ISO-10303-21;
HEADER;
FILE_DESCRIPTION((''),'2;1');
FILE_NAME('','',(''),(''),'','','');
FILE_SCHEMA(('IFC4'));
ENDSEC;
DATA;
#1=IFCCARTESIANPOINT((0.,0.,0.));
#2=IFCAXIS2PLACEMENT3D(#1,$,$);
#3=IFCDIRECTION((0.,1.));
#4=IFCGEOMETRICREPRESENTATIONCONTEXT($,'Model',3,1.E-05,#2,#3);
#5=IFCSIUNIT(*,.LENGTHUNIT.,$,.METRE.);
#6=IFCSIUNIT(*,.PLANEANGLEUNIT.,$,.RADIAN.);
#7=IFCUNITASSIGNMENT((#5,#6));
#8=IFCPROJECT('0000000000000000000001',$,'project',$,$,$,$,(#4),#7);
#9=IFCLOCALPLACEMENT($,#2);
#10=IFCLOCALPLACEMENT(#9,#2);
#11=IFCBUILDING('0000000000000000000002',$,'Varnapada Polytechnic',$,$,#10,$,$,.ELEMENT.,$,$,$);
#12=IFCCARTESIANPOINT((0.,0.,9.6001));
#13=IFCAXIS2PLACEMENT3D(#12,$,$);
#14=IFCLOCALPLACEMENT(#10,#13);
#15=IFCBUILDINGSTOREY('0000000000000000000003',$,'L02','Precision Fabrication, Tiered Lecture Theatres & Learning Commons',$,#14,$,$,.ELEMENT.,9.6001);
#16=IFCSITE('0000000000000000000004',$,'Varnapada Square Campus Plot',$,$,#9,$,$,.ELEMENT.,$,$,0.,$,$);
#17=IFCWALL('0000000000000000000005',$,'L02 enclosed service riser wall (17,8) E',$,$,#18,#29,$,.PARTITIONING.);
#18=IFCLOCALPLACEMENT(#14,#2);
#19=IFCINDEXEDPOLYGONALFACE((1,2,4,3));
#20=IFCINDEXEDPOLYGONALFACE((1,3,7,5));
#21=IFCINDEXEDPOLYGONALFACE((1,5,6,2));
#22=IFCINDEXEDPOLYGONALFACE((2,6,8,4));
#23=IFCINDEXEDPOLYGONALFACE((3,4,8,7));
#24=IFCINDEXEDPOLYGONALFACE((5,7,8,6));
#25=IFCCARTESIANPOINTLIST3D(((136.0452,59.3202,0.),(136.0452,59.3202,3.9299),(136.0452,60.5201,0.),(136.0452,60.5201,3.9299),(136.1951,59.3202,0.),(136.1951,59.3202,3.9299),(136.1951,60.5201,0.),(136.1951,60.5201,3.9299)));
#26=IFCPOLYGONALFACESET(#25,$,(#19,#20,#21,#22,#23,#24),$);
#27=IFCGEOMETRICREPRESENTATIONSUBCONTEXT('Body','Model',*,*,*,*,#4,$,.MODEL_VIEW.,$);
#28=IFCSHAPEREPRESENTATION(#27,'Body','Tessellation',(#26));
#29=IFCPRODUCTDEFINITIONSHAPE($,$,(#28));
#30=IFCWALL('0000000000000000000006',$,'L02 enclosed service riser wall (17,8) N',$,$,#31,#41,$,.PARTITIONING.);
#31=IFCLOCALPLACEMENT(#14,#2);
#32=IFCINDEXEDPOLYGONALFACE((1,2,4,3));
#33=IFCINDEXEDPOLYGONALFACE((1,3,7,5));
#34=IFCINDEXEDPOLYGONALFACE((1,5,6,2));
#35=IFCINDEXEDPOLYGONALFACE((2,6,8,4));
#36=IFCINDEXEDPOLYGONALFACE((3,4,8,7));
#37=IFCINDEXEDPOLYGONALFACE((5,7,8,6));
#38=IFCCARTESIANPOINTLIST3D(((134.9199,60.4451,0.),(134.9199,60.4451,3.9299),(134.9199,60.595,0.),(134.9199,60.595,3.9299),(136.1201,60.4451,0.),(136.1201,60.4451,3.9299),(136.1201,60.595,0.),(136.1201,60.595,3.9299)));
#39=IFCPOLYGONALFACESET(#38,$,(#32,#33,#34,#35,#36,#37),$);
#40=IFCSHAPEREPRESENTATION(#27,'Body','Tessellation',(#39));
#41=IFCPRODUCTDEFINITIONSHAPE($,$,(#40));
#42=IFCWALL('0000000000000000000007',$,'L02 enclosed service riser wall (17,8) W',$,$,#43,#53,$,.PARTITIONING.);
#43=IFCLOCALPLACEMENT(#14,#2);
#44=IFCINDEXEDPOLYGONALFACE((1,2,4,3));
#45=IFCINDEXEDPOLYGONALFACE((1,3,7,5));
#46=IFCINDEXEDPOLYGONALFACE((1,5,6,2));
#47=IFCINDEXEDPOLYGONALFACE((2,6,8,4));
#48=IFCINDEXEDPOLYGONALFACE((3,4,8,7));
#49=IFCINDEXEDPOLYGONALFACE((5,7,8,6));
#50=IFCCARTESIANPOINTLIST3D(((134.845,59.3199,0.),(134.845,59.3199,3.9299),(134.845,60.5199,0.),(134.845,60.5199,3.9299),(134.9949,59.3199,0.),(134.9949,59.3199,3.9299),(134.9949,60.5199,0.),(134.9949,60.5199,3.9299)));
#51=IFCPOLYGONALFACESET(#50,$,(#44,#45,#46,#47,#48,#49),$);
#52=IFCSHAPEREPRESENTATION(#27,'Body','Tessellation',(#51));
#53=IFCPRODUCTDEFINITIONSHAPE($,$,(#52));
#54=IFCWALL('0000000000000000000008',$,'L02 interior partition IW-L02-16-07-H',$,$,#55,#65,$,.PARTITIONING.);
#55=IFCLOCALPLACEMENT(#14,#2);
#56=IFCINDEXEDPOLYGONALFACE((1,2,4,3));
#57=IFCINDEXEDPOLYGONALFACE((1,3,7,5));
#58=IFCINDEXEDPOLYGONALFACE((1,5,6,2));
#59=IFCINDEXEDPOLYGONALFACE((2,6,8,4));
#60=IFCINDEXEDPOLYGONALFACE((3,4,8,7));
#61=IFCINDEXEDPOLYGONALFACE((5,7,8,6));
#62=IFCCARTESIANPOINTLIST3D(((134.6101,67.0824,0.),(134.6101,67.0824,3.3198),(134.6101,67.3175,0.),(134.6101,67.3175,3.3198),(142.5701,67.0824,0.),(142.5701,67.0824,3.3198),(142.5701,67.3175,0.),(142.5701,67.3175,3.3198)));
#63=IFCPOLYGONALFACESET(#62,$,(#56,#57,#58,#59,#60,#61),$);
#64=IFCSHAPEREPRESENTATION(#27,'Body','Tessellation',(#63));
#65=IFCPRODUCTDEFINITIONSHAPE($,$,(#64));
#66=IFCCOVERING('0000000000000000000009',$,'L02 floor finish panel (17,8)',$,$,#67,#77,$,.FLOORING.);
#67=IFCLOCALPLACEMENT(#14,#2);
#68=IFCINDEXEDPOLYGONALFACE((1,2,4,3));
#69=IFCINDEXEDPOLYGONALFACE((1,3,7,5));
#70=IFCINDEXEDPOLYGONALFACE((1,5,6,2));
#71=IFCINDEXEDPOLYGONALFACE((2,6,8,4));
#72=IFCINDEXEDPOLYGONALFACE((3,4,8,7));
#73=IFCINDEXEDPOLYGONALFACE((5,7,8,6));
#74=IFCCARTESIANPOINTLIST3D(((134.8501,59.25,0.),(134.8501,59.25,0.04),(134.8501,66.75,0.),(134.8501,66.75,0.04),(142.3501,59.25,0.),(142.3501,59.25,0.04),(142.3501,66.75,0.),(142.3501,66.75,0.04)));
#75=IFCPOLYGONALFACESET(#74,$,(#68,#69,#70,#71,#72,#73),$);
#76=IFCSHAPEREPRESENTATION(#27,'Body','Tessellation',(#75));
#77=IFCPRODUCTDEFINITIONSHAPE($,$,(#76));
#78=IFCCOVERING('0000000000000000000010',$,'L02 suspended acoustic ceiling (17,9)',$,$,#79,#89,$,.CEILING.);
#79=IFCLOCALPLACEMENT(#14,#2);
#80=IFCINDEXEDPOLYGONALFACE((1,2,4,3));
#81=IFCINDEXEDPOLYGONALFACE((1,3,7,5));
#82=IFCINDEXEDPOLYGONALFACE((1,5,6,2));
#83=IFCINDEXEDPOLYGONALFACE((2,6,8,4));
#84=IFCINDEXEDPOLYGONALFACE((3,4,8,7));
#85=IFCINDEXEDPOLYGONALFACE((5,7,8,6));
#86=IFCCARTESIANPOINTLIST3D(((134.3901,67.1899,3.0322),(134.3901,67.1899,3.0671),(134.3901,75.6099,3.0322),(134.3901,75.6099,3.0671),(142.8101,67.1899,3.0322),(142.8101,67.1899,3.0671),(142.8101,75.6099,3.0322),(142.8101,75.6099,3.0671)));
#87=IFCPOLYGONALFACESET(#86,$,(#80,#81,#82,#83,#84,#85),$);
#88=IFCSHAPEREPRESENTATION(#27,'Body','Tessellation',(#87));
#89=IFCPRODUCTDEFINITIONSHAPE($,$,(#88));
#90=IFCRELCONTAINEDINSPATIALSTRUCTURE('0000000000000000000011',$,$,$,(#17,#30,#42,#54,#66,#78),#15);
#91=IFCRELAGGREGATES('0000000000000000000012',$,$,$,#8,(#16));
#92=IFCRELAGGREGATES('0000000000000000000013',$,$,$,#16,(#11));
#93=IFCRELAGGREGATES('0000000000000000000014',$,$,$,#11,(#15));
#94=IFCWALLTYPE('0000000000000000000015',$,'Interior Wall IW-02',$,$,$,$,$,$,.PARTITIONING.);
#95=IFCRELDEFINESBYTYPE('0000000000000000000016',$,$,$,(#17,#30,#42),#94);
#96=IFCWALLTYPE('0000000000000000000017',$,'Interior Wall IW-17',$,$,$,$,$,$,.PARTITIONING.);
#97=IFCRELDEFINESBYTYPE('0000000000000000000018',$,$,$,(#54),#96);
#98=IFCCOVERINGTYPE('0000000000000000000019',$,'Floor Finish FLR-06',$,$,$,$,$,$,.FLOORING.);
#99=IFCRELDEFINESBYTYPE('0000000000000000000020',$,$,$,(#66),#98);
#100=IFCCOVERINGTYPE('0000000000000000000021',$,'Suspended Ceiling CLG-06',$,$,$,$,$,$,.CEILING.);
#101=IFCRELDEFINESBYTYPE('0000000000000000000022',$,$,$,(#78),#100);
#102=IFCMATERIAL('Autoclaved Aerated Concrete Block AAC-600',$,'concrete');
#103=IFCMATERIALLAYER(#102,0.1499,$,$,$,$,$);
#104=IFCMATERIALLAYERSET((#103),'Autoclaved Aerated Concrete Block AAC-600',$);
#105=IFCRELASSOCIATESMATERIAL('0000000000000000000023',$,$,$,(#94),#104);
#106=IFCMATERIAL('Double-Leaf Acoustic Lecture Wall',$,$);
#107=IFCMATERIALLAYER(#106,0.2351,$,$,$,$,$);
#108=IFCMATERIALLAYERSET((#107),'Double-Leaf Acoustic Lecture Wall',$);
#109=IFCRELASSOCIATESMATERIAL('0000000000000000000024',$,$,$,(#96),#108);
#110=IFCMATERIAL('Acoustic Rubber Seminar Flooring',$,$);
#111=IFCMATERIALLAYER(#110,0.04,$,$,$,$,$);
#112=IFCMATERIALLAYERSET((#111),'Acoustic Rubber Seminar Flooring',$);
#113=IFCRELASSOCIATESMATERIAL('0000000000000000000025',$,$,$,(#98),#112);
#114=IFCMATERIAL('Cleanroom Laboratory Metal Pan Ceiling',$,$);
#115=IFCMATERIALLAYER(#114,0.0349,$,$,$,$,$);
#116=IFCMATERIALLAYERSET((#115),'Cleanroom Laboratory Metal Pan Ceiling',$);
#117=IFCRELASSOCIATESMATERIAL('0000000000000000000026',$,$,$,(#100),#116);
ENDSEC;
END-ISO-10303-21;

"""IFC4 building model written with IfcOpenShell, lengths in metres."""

from ifc_helpers import new_model, si_unit, direction, frame, frame_2d, origin, origin_2d, place, context, subcontext, project, spatial, rectangle, extrude, material, layer, layer_set, type_object, element, save


model = new_model("IFC4")

# Units and contexts
model_context = context("Model", 3, precision=1e-05, world=origin(), true_north=direction((0.0, 1.0)))
body_context = subcontext(model_context, "Body", "Model", "MODEL_VIEW")
ifc_project = project(units=[si_unit("LENGTHUNIT", "METRE"), si_unit("PLANEANGLEUNIT", "RADIAN")], contexts=[model_context])

# Site, building, storey
site_placement = place(None, origin())
site = spatial("IfcSite", under=ifc_project, at=site_placement, Name="Varnapada Square Campus Plot", CompositionType="ELEMENT", RefElevation=0.0)
building_placement = place(site_placement, origin())
building = spatial("IfcBuilding", under=site, at=building_placement, Name="Varnapada Polytechnic", CompositionType="ELEMENT")
storey_placement = place(building_placement, frame((0.0, 0.0, 9.6001)))
storey = spatial("IfcBuildingStorey", under=building, at=storey_placement, Name="L02", Description="Precision Fabrication, Tiered Lecture Theatres & Learning Commons", CompositionType="ELEMENT", Elevation=9.6001)

# Walls
ifc_material_1 = material(Name="Autoclaved Aerated Concrete Block AAC-600", Category="concrete")
ifc_layer_1 = layer(ifc_material_1, 0.1499)
ifc_layer_set_1 = layer_set([ifc_layer_1], Name="Autoclaved Aerated Concrete Block AAC-600")
wall_type_1 = type_object("IfcWallType", Name="Interior Wall IW-02", PredefinedType="PARTITIONING", material=ifc_layer_set_1)
wall_1_placement = place(storey_placement, frame((136.1201, 59.3201, 0.0), z_axis=(0.0, 0.0, 1.0), x_axis=(0.0, 1.0, 0.0)))
element("IfcWall", 1, at=wall_1_placement, inside=storey, type_object=wall_type_1, Name="L02 enclosed service riser wall (17,8) E", PredefinedType="PARTITIONING", context=body_context, shape_type="SweptSolid", body=[
    extrude(rectangle(XDim=1.2, YDim=0.1499, at=frame_2d((0.6001, 0.0))), origin(), (0.0, 0.0, 1.0), 3.9299),
])
wall_2_placement = place(storey_placement, frame((136.1201, 60.52, 0.0), z_axis=(0.0, 0.0, 1.0), x_axis=(-1.0, 0.0, 0.0)))
element("IfcWall", 2, at=wall_2_placement, inside=storey, type_object=wall_type_1, Name="L02 enclosed service riser wall (17,8) N", PredefinedType="PARTITIONING", context=body_context, shape_type="SweptSolid", body=[
    extrude(rectangle(XDim=1.2002, YDim=0.1499, at=frame_2d((0.6001, 0.0))), origin(), (0.0, 0.0, 1.0), 3.9299),
])
wall_3_placement = place(storey_placement, frame((134.9199, 60.52, 0.0), z_axis=(0.0, 0.0, 1.0), x_axis=(0.0, -1.0, 0.0)))
element("IfcWall", 3, at=wall_3_placement, inside=storey, type_object=wall_type_1, Name="L02 enclosed service riser wall (17,8) W", PredefinedType="PARTITIONING", context=body_context, shape_type="SweptSolid", body=[
    extrude(rectangle(XDim=1.2, YDim=0.1499, at=frame_2d((0.6001, 0.0))), origin(), (0.0, 0.0, 1.0), 3.9299),
])
ifc_material_2 = material(Name="Double-Leaf Acoustic Lecture Wall")
ifc_layer_2 = layer(ifc_material_2, 0.2351)
ifc_layer_set_2 = layer_set([ifc_layer_2], Name="Double-Leaf Acoustic Lecture Wall")
wall_type_2 = type_object("IfcWallType", Name="Interior Wall IW-17", PredefinedType="PARTITIONING", material=ifc_layer_set_2)
wall_4_placement = place(storey_placement, frame((134.6101, 67.2, 0.0), z_axis=(0.0, 0.0, 1.0), x_axis=(1.0, 0.0, 0.0)))
element("IfcWall", 4, at=wall_4_placement, inside=storey, type_object=wall_type_2, Name="L02 interior partition IW-L02-16-07-H", PredefinedType="PARTITIONING", context=body_context, shape_type="SweptSolid", body=[
    extrude(rectangle(XDim=7.96, YDim=0.2351, at=frame_2d((3.98, 0.0))), origin(), (0.0, 0.0, 1.0), 3.3198),
])

# Coverings
ifc_material_3 = material(Name="Acoustic Rubber Seminar Flooring")
ifc_layer_3 = layer(ifc_material_3, 0.04)
ifc_layer_set_3 = layer_set([ifc_layer_3], Name="Acoustic Rubber Seminar Flooring")
covering_type_1 = type_object("IfcCoveringType", Name="Floor Finish FLR-06", PredefinedType="FLOORING", material=ifc_layer_set_3)
covering_1_placement = place(storey_placement, frame((138.6001, 63.0, 0.0), z_axis=(0.0, 0.0, 1.0), x_axis=(1.0, 0.0, 0.0)))
element("IfcCovering", 5, at=covering_1_placement, inside=storey, type_object=covering_type_1, Name="L02 floor finish panel (17,8)", PredefinedType="FLOORING", context=body_context, shape_type="SweptSolid", body=[
    extrude(rectangle(XDim=7.5, YDim=7.5, at=origin_2d()), origin(), (0.0, 0.0, 1.0), 0.04),
])
ifc_material_4 = material(Name="Cleanroom Laboratory Metal Pan Ceiling")
ifc_layer_4 = layer(ifc_material_4, 0.0349)
ifc_layer_set_4 = layer_set([ifc_layer_4], Name="Cleanroom Laboratory Metal Pan Ceiling")
covering_type_2 = type_object("IfcCoveringType", Name="Suspended Ceiling CLG-06", PredefinedType="CEILING", material=ifc_layer_set_4)
covering_2_placement = place(storey_placement, frame((138.6001, 71.3999, 3.0322), z_axis=(0.0, 0.0, 1.0), x_axis=(1.0, 0.0, 0.0)))
element("IfcCovering", 6, at=covering_2_placement, inside=storey, type_object=covering_type_2, Name="L02 suspended acoustic ceiling (17,9)", PredefinedType="CEILING", context=body_context, shape_type="SweptSolid", body=[
    extrude(rectangle(XDim=8.4199, YDim=8.4199, at=origin_2d()), origin(), (0.0, 0.0, 1.0), 0.0349),
])

save(model, "model.ifc")
